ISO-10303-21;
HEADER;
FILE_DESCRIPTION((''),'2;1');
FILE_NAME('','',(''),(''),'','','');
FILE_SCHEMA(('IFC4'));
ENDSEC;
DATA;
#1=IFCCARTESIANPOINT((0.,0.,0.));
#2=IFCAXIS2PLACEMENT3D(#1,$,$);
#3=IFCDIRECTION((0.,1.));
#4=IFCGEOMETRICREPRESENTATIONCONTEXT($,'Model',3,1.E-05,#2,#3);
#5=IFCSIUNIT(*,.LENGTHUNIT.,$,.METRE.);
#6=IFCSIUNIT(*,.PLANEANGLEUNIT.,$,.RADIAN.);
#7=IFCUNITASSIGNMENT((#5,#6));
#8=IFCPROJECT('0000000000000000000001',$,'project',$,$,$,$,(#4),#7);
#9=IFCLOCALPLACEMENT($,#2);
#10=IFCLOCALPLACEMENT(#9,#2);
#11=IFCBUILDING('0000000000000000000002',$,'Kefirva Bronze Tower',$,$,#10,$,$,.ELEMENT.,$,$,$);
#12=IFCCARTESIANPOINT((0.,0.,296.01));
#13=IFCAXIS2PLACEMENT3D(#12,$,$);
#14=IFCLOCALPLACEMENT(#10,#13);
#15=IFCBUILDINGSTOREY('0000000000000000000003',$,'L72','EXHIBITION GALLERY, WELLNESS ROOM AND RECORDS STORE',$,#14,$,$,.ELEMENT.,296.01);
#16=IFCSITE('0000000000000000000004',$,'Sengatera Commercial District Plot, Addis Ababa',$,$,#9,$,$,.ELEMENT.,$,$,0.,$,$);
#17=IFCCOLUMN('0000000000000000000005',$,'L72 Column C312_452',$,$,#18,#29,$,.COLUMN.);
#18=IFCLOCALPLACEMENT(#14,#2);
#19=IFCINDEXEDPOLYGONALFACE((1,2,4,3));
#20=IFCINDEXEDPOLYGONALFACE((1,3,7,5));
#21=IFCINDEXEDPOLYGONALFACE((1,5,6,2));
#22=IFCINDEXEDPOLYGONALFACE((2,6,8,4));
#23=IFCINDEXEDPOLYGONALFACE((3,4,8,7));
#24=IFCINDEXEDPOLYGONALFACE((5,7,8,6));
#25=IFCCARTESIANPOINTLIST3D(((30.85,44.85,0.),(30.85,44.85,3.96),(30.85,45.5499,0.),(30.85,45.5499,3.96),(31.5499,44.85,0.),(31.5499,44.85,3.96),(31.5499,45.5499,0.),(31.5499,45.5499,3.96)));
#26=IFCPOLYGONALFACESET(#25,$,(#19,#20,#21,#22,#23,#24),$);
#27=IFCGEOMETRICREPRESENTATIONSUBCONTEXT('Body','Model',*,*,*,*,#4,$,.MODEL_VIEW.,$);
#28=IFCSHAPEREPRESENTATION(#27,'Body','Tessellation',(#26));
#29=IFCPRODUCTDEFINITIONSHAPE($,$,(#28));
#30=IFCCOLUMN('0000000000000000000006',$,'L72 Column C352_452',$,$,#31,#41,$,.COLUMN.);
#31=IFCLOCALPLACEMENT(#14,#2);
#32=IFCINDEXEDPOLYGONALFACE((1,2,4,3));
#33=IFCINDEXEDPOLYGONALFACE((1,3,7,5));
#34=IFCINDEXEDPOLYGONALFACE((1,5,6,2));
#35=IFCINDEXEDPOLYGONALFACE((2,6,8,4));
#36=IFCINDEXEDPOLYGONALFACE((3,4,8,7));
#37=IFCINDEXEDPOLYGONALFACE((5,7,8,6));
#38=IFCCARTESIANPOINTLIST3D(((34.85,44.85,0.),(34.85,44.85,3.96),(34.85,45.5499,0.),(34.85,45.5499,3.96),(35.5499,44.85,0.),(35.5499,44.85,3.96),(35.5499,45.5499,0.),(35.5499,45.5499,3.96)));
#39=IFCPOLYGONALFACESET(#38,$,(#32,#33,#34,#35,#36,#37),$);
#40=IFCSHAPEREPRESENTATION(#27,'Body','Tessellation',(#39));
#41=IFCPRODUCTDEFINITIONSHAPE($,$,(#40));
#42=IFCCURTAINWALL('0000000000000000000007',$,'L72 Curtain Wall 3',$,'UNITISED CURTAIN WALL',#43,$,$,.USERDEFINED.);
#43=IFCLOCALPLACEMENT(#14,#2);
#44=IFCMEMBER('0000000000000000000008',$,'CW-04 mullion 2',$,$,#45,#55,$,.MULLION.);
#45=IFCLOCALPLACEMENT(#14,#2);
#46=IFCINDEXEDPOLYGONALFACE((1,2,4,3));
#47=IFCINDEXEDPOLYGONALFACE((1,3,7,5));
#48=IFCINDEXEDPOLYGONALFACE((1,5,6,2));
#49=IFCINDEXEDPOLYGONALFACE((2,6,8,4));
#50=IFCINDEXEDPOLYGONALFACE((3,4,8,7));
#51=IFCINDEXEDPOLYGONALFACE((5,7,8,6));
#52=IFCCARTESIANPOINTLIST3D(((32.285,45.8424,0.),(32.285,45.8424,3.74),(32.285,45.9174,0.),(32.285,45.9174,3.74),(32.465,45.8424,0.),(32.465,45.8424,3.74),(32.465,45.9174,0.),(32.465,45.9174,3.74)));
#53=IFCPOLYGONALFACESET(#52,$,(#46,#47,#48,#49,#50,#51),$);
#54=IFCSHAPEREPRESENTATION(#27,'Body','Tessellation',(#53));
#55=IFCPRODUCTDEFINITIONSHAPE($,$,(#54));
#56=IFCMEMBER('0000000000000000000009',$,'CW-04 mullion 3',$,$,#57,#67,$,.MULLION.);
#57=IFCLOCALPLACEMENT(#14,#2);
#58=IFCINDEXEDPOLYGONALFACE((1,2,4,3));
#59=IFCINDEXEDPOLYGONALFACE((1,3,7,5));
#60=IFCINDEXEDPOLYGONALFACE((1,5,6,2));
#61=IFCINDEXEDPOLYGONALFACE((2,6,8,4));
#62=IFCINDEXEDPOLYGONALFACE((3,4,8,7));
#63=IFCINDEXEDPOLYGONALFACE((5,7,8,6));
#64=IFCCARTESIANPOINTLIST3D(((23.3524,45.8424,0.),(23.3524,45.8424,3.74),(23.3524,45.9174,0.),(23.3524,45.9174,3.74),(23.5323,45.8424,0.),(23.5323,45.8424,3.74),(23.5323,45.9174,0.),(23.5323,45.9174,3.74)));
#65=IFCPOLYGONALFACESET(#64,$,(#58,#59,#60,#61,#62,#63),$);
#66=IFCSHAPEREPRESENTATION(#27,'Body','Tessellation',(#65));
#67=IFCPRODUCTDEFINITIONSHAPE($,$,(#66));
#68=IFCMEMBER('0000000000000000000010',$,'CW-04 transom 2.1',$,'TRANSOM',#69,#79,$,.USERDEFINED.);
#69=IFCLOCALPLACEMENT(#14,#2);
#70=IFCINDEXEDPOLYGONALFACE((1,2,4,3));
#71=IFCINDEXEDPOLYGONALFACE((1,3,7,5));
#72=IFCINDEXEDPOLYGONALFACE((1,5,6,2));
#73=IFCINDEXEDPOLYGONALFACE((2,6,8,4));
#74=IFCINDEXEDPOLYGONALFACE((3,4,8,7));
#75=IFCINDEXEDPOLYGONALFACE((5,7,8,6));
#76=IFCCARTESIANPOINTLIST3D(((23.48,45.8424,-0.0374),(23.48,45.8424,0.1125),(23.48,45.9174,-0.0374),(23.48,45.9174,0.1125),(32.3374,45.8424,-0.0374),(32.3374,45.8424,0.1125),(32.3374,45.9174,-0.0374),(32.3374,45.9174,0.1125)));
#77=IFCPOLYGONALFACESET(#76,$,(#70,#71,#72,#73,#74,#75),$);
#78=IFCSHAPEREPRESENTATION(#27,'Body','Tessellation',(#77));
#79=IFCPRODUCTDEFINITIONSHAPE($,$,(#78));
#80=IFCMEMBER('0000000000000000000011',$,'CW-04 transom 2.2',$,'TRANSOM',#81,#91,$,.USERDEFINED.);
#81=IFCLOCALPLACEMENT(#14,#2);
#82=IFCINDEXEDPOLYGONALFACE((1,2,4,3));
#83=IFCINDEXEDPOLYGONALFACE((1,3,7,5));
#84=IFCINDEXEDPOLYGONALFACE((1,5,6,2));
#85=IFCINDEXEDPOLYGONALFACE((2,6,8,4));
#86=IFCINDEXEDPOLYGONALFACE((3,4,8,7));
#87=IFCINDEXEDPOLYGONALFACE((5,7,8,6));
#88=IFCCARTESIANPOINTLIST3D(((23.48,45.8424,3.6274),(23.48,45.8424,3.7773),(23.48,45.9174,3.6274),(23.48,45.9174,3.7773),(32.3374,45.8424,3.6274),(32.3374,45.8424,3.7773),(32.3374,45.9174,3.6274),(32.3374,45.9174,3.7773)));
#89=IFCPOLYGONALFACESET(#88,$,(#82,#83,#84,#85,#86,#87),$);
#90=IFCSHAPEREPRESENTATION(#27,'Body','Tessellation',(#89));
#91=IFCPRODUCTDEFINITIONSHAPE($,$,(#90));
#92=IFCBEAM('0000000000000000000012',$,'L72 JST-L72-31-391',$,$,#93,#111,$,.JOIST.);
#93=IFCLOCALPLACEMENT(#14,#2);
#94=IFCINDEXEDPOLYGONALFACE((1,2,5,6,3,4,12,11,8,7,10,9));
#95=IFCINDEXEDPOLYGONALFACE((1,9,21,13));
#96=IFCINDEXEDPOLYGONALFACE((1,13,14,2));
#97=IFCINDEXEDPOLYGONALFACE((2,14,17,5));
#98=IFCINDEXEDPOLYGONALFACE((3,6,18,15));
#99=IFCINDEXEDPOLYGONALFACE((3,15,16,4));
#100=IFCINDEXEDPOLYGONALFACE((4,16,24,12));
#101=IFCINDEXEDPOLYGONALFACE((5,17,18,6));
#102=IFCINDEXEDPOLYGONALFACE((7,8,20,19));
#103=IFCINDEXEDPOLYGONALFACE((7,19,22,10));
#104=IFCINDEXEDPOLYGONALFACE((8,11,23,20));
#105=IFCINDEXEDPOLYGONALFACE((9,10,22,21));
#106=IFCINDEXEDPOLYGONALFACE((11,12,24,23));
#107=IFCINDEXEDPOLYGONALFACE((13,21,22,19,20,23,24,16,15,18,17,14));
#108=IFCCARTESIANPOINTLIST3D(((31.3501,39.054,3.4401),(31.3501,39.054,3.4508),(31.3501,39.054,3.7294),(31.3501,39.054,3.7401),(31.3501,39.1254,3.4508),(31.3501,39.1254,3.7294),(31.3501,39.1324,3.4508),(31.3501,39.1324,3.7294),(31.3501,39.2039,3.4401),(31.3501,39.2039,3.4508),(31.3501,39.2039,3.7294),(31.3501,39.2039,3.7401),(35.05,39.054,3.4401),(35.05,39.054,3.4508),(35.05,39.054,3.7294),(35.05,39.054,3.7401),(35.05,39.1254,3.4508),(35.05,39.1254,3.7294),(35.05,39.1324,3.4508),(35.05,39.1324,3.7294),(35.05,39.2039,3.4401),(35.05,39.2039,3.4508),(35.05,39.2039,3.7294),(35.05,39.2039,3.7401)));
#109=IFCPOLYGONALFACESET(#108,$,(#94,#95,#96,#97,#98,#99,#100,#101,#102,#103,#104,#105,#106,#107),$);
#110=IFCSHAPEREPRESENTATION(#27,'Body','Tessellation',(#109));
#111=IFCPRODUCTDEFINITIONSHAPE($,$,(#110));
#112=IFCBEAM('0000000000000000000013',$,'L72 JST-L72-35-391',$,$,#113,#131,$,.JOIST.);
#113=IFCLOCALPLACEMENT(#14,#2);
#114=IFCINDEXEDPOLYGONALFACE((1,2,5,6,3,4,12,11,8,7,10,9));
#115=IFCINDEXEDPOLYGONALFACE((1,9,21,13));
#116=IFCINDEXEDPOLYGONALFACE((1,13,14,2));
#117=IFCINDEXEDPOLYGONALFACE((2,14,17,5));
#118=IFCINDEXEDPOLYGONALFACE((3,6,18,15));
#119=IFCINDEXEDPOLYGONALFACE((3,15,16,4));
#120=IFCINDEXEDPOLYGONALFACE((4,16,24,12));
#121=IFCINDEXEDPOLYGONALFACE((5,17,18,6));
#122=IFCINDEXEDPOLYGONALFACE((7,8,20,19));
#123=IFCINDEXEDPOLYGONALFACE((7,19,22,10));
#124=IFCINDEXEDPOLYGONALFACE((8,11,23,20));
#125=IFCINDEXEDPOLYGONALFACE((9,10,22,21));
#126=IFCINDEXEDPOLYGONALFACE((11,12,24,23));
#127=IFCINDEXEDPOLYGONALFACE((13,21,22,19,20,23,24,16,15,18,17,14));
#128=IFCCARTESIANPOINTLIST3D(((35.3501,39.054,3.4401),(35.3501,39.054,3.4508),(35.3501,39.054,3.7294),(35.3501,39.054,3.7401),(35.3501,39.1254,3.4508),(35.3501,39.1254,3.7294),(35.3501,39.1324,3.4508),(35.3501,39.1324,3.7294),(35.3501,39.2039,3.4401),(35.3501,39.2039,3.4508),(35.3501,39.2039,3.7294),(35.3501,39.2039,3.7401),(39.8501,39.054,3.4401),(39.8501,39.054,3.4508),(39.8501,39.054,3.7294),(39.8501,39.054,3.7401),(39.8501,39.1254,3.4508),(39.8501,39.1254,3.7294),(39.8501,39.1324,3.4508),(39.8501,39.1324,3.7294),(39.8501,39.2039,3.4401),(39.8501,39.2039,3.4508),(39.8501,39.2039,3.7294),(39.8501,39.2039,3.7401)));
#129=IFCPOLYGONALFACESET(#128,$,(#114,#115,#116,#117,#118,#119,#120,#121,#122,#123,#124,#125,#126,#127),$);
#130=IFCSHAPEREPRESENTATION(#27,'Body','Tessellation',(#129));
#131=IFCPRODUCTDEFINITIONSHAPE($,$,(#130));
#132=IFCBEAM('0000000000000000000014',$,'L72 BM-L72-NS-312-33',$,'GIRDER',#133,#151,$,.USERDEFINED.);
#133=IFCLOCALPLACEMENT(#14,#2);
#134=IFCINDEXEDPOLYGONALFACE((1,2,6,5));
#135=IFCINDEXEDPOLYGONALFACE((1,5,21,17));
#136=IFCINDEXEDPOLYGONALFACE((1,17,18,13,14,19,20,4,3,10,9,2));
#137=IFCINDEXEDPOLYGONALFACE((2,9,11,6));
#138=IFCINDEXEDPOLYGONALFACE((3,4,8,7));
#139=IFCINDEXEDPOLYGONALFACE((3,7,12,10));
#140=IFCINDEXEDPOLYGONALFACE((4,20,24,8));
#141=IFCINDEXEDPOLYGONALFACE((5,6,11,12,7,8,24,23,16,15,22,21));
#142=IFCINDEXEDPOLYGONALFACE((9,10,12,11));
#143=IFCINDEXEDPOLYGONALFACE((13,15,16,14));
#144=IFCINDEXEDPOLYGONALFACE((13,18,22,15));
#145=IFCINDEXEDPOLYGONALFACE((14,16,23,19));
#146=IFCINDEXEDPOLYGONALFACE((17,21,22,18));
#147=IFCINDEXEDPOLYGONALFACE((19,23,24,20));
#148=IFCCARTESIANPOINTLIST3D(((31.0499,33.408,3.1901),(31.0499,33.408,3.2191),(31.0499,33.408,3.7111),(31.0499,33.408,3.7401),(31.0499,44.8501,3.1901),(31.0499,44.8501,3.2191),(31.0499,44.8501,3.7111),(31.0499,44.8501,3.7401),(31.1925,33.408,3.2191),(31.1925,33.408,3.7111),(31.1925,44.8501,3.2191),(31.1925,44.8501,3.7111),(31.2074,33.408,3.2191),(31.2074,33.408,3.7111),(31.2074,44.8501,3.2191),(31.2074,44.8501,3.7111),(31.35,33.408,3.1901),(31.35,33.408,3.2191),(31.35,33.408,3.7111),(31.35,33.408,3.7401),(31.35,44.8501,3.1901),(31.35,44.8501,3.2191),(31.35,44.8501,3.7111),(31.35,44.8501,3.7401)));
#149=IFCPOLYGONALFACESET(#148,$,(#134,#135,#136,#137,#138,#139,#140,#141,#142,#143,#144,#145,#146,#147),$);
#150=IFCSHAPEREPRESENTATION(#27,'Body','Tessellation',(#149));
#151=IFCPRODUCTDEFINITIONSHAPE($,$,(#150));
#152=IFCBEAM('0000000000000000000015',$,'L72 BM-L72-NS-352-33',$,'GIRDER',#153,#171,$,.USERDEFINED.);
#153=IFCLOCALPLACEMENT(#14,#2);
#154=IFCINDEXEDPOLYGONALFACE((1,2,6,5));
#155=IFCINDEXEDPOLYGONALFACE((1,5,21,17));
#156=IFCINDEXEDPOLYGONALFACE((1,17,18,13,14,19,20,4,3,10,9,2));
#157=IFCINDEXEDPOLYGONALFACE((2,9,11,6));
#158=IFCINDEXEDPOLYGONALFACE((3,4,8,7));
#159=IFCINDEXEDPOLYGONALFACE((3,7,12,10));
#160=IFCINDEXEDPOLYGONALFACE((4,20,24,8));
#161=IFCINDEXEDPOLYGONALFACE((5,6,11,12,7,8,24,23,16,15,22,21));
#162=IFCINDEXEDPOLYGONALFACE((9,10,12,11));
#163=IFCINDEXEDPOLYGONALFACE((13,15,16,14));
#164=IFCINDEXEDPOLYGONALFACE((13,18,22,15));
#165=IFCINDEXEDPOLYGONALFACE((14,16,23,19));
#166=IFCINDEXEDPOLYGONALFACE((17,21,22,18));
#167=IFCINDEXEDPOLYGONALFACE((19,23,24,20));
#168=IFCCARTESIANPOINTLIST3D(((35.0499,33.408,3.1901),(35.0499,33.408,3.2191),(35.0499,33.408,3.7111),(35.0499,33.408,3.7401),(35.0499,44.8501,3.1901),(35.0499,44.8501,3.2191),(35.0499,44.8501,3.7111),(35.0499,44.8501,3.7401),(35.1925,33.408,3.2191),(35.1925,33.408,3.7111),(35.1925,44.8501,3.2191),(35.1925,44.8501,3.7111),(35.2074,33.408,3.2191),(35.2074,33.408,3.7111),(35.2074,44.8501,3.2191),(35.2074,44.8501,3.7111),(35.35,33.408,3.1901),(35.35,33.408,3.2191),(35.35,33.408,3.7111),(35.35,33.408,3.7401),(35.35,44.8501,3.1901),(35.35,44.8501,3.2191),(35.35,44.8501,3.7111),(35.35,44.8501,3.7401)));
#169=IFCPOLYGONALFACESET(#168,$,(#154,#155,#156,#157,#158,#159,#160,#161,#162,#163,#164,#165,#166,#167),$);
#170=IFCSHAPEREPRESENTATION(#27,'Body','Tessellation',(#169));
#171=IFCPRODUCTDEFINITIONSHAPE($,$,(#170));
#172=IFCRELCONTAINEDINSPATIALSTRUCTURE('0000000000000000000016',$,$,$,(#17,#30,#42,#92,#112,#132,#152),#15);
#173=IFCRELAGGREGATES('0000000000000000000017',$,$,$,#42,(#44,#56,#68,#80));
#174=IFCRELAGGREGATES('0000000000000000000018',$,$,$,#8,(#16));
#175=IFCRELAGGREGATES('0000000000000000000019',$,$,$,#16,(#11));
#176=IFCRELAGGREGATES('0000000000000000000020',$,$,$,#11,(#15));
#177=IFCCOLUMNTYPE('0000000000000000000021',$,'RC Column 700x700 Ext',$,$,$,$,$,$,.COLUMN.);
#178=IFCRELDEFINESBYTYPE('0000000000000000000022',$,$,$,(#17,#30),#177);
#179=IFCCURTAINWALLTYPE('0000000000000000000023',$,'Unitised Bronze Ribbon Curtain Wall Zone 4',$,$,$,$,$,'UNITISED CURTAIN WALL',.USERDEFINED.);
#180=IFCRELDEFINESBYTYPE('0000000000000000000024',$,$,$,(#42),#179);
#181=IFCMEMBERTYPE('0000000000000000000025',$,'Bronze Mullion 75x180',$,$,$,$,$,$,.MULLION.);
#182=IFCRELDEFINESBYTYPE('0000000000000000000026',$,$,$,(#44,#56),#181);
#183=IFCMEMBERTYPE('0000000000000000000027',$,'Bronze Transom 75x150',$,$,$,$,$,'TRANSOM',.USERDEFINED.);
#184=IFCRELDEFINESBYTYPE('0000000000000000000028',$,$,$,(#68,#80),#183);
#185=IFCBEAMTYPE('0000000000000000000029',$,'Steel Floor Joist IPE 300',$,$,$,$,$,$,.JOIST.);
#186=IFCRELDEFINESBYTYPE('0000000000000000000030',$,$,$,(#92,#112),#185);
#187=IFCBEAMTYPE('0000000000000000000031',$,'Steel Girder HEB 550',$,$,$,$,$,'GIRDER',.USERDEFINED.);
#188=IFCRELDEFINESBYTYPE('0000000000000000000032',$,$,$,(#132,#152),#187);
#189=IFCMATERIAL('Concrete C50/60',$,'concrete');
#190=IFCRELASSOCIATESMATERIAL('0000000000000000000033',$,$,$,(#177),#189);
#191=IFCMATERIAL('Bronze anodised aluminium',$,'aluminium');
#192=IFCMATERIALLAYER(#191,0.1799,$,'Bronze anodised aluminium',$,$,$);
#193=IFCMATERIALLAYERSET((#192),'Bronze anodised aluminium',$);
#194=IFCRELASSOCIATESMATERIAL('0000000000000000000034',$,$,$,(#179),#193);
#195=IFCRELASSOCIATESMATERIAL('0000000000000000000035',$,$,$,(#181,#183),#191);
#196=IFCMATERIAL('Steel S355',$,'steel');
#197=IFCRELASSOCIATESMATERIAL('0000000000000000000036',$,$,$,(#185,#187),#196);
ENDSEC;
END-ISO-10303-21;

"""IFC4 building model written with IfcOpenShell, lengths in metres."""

from ifc_helpers import new_model, si_unit, direction, frame, origin, origin_2d, place, context, subcontext, project, spatial, rectangle, i_section, extrude, material, layer, layer_set, material_profile, profile_set, type_object, element, aggregate, save


model = new_model("IFC4")

# Units and contexts
model_context = context("Model", 3, precision=1e-05, world=origin(), true_north=direction((0.0, 1.0)))
body_context = subcontext(model_context, "Body", "Model", "MODEL_VIEW")
ifc_project = project(units=[si_unit("LENGTHUNIT", "METRE"), si_unit("PLANEANGLEUNIT", "RADIAN")], contexts=[model_context])

# Site, building, storey
site_placement = place(None, origin())
site = spatial("IfcSite", under=ifc_project, at=site_placement, Name="Sengatera Commercial District Plot, Addis Ababa", CompositionType="ELEMENT", RefElevation=0.0)
building_placement = place(site_placement, origin())
building = spatial("IfcBuilding", under=site, at=building_placement, Name="Kefirva Bronze Tower", CompositionType="ELEMENT")
storey_placement = place(building_placement, frame((0.0, 0.0, 296.01)))
storey = spatial("IfcBuildingStorey", under=building, at=storey_placement, Name="L72", Description="EXHIBITION GALLERY, WELLNESS ROOM AND RECORDS STORE", CompositionType="ELEMENT", Elevation=296.01)

# Columns
ifc_material_1 = material(Name="Concrete C50/60", Category="concrete")
ifc_material_profile_1 = material_profile(ifc_material_1, rectangle(XDim=0.7, YDim=0.7, at=origin_2d()), Name="RC 700x700")
ifc_profile_set_1 = profile_set([ifc_material_profile_1], Name="Concrete C50/60")
column_type = type_object("IfcColumnType", Name="RC Column 700x700 Ext", PredefinedType="COLUMN", material=ifc_profile_set_1)
for number, where, z_axis, x_axis, name in (
    (1, (31.2, 45.2, 0.0), (0.0, 0.0, 1.0), (1.0, 0.0, 0.0), "L72 Column C312_452"),
    (2, (35.2, 45.2, 0.0), (0.0, 0.0, 1.0), (1.0, 0.0, 0.0), "L72 Column C352_452"),
):
    element("IfcColumn", number, at=place(storey_placement, frame(where, z_axis=z_axis, x_axis=x_axis)), inside=storey, type_object=column_type, Name=name, PredefinedType="COLUMN", context=body_context, shape_type="SweptSolid", body=[
        extrude(rectangle(XDim=0.7, YDim=0.7, at=origin_2d()), origin(), (0.0, 0.0, 1.0), 3.96),
    ])

# Curtain wall, members
ifc_material_2 = material(Name="Bronze anodised aluminium", Category="aluminium")
ifc_layer_1 = layer(ifc_material_2, 0.1799, Name="Bronze anodised aluminium")
ifc_layer_set_1 = layer_set([ifc_layer_1], Name="Bronze anodised aluminium")
curtain_wall_type = type_object("IfcCurtainWallType", Name="Unitised Bronze Ribbon Curtain Wall Zone 4", ElementType="UNITISED CURTAIN WALL", PredefinedType="USERDEFINED", material=ifc_layer_set_1)
curtain_wall_placement = place(storey_placement, origin())
curtain_wall = element("IfcCurtainWall", 3, at=curtain_wall_placement, inside=storey, type_object=curtain_wall_type, Name="L72 Curtain Wall 3", ObjectType="UNITISED CURTAIN WALL", PredefinedType="USERDEFINED")
ifc_material_profile_2 = material_profile(ifc_material_2, rectangle(XDim=0.075, YDim=0.1799, at=origin_2d()), Name="ALU 75x180")
ifc_profile_set_2 = profile_set([ifc_material_profile_2], Name="Bronze anodised aluminium")
member_type_1 = type_object("IfcMemberType", Name="Bronze Mullion 75x180", PredefinedType="MULLION", material=ifc_profile_set_2)
member_1_placement = place(storey_placement, frame((32.375, 45.8799, 0.0), z_axis=(0.0, 0.0, 1.0), x_axis=(0.0, -1.0, 0.0)))
member_1 = element("IfcMember", 4, at=member_1_placement, type_object=member_type_1, Name="CW-04 mullion 2", PredefinedType="MULLION", context=body_context, shape_type="SweptSolid", body=[
    extrude(rectangle(XDim=0.075, YDim=0.1799, at=origin_2d()), origin(), (0.0, 0.0, 1.0), 3.74),
])
member_2_placement = place(storey_placement, frame((23.4424, 45.8799, 0.0), z_axis=(0.0, 0.0, 1.0), x_axis=(0.0, -1.0, 0.0)))
member_2 = element("IfcMember", 5, at=member_2_placement, type_object=member_type_1, Name="CW-04 mullion 3", PredefinedType="MULLION", context=body_context, shape_type="SweptSolid", body=[
    extrude(rectangle(XDim=0.075, YDim=0.1799, at=origin_2d()), origin(), (0.0, 0.0, 1.0), 3.74),
])
ifc_material_profile_3 = material_profile(ifc_material_2, rectangle(XDim=0.075, YDim=0.1499, at=origin_2d()), Name="ALU 75x150")
ifc_profile_set_3 = profile_set([ifc_material_profile_3], Name="Bronze anodised aluminium")
member_type_2 = type_object("IfcMemberType", Name="Bronze Transom 75x150", ElementType="TRANSOM", PredefinedType="USERDEFINED", material=ifc_profile_set_3)
member_3_placement = place(storey_placement, frame((32.3374, 45.8799, 0.0376), z_axis=(-1.0, 0.0, 0.0), x_axis=(0.0, -1.0, 0.0)))
member_3 = element("IfcMember", 6, at=member_3_placement, type_object=member_type_2, Name="CW-04 transom 2.1", ObjectType="TRANSOM", PredefinedType="USERDEFINED", context=body_context, shape_type="SweptSolid", body=[
    extrude(rectangle(XDim=0.075, YDim=0.1499, at=origin_2d()), origin(), (0.0, 0.0, 1.0), 8.8574),
])
member_4_placement = place(storey_placement, frame((32.3374, 45.8799, 3.7024), z_axis=(-1.0, 0.0, 0.0), x_axis=(0.0, -1.0, 0.0)))
member_4 = element("IfcMember", 7, at=member_4_placement, type_object=member_type_2, Name="CW-04 transom 2.2", ObjectType="TRANSOM", PredefinedType="USERDEFINED", context=body_context, shape_type="SweptSolid", body=[
    extrude(rectangle(XDim=0.075, YDim=0.1499, at=origin_2d()), origin(), (0.0, 0.0, 1.0), 8.8574),
])

# Beams
ifc_material_3 = material(Name="Steel S355", Category="steel")
ifc_material_profile_4 = material_profile(ifc_material_3, i_section(OverallWidth=0.1499, OverallDepth=0.3, WebThickness=0.0071, FlangeThickness=0.0107, at=origin_2d()), Name="IPE 300")
ifc_profile_set_4 = profile_set([ifc_material_profile_4], Name="Steel S355")
beam_type_1 = type_object("IfcBeamType", Name="Steel Floor Joist IPE 300", PredefinedType="JOIST", material=ifc_profile_set_4)
beam_1_placement = place(storey_placement, frame((31.3501, 39.1289, 3.5901), z_axis=(1.0, 0.0, 0.0), x_axis=(0.0, 1.0, 0.0)))
element("IfcBeam", 8, at=beam_1_placement, inside=storey, type_object=beam_type_1, Name="L72 JST-L72-31-391", PredefinedType="JOIST", context=body_context, shape_type="SweptSolid", body=[
    extrude(i_section(OverallWidth=0.1499, OverallDepth=0.3, WebThickness=0.0071, FlangeThickness=0.0107, at=origin_2d()), origin(), (0.0, 0.0, 1.0), 3.7),
])
beam_2_placement = place(storey_placement, frame((35.3501, 39.1289, 3.5901), z_axis=(1.0, 0.0, 0.0), x_axis=(0.0, 1.0, 0.0)))
element("IfcBeam", 9, at=beam_2_placement, inside=storey, type_object=beam_type_1, Name="L72 JST-L72-35-391", PredefinedType="JOIST", context=body_context, shape_type="SweptSolid", body=[
    extrude(i_section(OverallWidth=0.1499, OverallDepth=0.3, WebThickness=0.0071, FlangeThickness=0.0107, at=origin_2d()), origin(), (0.0, 0.0, 1.0), 4.5),
])
ifc_material_profile_5 = material_profile(ifc_material_3, i_section(OverallWidth=0.3, OverallDepth=0.55, WebThickness=0.0149, FlangeThickness=0.0291, at=origin_2d()), Name="HEB 550")
ifc_profile_set_5 = profile_set([ifc_material_profile_5], Name="Steel S355")
beam_type_2 = type_object("IfcBeamType", Name="Steel Girder HEB 550", ElementType="GIRDER", PredefinedType="USERDEFINED", material=ifc_profile_set_5)
for number, where, z_axis, x_axis, name in (
    (10, (31.2, 33.408, 3.4651), (0.0, 1.0, 0.0), (-1.0, 0.0, 0.0), "L72 BM-L72-NS-312-33"),
    (11, (35.2, 33.408, 3.4651), (0.0, 1.0, 0.0), (-1.0, 0.0, 0.0), "L72 BM-L72-NS-352-33"),
):
    element("IfcBeam", number, at=place(storey_placement, frame(where, z_axis=z_axis, x_axis=x_axis)), inside=storey, type_object=beam_type_2, Name=name, ObjectType="GIRDER", PredefinedType="USERDEFINED", context=body_context, shape_type="SweptSolid", body=[
        extrude(i_section(OverallWidth=0.3, OverallDepth=0.55, WebThickness=0.0149, FlangeThickness=0.0291, at=origin_2d()), origin(), (0.0, 0.0, 1.0), 11.4421),
    ])

aggregate(curtain_wall, [member_1, member_2, member_3, member_4])

save(model, "model.ifc")
